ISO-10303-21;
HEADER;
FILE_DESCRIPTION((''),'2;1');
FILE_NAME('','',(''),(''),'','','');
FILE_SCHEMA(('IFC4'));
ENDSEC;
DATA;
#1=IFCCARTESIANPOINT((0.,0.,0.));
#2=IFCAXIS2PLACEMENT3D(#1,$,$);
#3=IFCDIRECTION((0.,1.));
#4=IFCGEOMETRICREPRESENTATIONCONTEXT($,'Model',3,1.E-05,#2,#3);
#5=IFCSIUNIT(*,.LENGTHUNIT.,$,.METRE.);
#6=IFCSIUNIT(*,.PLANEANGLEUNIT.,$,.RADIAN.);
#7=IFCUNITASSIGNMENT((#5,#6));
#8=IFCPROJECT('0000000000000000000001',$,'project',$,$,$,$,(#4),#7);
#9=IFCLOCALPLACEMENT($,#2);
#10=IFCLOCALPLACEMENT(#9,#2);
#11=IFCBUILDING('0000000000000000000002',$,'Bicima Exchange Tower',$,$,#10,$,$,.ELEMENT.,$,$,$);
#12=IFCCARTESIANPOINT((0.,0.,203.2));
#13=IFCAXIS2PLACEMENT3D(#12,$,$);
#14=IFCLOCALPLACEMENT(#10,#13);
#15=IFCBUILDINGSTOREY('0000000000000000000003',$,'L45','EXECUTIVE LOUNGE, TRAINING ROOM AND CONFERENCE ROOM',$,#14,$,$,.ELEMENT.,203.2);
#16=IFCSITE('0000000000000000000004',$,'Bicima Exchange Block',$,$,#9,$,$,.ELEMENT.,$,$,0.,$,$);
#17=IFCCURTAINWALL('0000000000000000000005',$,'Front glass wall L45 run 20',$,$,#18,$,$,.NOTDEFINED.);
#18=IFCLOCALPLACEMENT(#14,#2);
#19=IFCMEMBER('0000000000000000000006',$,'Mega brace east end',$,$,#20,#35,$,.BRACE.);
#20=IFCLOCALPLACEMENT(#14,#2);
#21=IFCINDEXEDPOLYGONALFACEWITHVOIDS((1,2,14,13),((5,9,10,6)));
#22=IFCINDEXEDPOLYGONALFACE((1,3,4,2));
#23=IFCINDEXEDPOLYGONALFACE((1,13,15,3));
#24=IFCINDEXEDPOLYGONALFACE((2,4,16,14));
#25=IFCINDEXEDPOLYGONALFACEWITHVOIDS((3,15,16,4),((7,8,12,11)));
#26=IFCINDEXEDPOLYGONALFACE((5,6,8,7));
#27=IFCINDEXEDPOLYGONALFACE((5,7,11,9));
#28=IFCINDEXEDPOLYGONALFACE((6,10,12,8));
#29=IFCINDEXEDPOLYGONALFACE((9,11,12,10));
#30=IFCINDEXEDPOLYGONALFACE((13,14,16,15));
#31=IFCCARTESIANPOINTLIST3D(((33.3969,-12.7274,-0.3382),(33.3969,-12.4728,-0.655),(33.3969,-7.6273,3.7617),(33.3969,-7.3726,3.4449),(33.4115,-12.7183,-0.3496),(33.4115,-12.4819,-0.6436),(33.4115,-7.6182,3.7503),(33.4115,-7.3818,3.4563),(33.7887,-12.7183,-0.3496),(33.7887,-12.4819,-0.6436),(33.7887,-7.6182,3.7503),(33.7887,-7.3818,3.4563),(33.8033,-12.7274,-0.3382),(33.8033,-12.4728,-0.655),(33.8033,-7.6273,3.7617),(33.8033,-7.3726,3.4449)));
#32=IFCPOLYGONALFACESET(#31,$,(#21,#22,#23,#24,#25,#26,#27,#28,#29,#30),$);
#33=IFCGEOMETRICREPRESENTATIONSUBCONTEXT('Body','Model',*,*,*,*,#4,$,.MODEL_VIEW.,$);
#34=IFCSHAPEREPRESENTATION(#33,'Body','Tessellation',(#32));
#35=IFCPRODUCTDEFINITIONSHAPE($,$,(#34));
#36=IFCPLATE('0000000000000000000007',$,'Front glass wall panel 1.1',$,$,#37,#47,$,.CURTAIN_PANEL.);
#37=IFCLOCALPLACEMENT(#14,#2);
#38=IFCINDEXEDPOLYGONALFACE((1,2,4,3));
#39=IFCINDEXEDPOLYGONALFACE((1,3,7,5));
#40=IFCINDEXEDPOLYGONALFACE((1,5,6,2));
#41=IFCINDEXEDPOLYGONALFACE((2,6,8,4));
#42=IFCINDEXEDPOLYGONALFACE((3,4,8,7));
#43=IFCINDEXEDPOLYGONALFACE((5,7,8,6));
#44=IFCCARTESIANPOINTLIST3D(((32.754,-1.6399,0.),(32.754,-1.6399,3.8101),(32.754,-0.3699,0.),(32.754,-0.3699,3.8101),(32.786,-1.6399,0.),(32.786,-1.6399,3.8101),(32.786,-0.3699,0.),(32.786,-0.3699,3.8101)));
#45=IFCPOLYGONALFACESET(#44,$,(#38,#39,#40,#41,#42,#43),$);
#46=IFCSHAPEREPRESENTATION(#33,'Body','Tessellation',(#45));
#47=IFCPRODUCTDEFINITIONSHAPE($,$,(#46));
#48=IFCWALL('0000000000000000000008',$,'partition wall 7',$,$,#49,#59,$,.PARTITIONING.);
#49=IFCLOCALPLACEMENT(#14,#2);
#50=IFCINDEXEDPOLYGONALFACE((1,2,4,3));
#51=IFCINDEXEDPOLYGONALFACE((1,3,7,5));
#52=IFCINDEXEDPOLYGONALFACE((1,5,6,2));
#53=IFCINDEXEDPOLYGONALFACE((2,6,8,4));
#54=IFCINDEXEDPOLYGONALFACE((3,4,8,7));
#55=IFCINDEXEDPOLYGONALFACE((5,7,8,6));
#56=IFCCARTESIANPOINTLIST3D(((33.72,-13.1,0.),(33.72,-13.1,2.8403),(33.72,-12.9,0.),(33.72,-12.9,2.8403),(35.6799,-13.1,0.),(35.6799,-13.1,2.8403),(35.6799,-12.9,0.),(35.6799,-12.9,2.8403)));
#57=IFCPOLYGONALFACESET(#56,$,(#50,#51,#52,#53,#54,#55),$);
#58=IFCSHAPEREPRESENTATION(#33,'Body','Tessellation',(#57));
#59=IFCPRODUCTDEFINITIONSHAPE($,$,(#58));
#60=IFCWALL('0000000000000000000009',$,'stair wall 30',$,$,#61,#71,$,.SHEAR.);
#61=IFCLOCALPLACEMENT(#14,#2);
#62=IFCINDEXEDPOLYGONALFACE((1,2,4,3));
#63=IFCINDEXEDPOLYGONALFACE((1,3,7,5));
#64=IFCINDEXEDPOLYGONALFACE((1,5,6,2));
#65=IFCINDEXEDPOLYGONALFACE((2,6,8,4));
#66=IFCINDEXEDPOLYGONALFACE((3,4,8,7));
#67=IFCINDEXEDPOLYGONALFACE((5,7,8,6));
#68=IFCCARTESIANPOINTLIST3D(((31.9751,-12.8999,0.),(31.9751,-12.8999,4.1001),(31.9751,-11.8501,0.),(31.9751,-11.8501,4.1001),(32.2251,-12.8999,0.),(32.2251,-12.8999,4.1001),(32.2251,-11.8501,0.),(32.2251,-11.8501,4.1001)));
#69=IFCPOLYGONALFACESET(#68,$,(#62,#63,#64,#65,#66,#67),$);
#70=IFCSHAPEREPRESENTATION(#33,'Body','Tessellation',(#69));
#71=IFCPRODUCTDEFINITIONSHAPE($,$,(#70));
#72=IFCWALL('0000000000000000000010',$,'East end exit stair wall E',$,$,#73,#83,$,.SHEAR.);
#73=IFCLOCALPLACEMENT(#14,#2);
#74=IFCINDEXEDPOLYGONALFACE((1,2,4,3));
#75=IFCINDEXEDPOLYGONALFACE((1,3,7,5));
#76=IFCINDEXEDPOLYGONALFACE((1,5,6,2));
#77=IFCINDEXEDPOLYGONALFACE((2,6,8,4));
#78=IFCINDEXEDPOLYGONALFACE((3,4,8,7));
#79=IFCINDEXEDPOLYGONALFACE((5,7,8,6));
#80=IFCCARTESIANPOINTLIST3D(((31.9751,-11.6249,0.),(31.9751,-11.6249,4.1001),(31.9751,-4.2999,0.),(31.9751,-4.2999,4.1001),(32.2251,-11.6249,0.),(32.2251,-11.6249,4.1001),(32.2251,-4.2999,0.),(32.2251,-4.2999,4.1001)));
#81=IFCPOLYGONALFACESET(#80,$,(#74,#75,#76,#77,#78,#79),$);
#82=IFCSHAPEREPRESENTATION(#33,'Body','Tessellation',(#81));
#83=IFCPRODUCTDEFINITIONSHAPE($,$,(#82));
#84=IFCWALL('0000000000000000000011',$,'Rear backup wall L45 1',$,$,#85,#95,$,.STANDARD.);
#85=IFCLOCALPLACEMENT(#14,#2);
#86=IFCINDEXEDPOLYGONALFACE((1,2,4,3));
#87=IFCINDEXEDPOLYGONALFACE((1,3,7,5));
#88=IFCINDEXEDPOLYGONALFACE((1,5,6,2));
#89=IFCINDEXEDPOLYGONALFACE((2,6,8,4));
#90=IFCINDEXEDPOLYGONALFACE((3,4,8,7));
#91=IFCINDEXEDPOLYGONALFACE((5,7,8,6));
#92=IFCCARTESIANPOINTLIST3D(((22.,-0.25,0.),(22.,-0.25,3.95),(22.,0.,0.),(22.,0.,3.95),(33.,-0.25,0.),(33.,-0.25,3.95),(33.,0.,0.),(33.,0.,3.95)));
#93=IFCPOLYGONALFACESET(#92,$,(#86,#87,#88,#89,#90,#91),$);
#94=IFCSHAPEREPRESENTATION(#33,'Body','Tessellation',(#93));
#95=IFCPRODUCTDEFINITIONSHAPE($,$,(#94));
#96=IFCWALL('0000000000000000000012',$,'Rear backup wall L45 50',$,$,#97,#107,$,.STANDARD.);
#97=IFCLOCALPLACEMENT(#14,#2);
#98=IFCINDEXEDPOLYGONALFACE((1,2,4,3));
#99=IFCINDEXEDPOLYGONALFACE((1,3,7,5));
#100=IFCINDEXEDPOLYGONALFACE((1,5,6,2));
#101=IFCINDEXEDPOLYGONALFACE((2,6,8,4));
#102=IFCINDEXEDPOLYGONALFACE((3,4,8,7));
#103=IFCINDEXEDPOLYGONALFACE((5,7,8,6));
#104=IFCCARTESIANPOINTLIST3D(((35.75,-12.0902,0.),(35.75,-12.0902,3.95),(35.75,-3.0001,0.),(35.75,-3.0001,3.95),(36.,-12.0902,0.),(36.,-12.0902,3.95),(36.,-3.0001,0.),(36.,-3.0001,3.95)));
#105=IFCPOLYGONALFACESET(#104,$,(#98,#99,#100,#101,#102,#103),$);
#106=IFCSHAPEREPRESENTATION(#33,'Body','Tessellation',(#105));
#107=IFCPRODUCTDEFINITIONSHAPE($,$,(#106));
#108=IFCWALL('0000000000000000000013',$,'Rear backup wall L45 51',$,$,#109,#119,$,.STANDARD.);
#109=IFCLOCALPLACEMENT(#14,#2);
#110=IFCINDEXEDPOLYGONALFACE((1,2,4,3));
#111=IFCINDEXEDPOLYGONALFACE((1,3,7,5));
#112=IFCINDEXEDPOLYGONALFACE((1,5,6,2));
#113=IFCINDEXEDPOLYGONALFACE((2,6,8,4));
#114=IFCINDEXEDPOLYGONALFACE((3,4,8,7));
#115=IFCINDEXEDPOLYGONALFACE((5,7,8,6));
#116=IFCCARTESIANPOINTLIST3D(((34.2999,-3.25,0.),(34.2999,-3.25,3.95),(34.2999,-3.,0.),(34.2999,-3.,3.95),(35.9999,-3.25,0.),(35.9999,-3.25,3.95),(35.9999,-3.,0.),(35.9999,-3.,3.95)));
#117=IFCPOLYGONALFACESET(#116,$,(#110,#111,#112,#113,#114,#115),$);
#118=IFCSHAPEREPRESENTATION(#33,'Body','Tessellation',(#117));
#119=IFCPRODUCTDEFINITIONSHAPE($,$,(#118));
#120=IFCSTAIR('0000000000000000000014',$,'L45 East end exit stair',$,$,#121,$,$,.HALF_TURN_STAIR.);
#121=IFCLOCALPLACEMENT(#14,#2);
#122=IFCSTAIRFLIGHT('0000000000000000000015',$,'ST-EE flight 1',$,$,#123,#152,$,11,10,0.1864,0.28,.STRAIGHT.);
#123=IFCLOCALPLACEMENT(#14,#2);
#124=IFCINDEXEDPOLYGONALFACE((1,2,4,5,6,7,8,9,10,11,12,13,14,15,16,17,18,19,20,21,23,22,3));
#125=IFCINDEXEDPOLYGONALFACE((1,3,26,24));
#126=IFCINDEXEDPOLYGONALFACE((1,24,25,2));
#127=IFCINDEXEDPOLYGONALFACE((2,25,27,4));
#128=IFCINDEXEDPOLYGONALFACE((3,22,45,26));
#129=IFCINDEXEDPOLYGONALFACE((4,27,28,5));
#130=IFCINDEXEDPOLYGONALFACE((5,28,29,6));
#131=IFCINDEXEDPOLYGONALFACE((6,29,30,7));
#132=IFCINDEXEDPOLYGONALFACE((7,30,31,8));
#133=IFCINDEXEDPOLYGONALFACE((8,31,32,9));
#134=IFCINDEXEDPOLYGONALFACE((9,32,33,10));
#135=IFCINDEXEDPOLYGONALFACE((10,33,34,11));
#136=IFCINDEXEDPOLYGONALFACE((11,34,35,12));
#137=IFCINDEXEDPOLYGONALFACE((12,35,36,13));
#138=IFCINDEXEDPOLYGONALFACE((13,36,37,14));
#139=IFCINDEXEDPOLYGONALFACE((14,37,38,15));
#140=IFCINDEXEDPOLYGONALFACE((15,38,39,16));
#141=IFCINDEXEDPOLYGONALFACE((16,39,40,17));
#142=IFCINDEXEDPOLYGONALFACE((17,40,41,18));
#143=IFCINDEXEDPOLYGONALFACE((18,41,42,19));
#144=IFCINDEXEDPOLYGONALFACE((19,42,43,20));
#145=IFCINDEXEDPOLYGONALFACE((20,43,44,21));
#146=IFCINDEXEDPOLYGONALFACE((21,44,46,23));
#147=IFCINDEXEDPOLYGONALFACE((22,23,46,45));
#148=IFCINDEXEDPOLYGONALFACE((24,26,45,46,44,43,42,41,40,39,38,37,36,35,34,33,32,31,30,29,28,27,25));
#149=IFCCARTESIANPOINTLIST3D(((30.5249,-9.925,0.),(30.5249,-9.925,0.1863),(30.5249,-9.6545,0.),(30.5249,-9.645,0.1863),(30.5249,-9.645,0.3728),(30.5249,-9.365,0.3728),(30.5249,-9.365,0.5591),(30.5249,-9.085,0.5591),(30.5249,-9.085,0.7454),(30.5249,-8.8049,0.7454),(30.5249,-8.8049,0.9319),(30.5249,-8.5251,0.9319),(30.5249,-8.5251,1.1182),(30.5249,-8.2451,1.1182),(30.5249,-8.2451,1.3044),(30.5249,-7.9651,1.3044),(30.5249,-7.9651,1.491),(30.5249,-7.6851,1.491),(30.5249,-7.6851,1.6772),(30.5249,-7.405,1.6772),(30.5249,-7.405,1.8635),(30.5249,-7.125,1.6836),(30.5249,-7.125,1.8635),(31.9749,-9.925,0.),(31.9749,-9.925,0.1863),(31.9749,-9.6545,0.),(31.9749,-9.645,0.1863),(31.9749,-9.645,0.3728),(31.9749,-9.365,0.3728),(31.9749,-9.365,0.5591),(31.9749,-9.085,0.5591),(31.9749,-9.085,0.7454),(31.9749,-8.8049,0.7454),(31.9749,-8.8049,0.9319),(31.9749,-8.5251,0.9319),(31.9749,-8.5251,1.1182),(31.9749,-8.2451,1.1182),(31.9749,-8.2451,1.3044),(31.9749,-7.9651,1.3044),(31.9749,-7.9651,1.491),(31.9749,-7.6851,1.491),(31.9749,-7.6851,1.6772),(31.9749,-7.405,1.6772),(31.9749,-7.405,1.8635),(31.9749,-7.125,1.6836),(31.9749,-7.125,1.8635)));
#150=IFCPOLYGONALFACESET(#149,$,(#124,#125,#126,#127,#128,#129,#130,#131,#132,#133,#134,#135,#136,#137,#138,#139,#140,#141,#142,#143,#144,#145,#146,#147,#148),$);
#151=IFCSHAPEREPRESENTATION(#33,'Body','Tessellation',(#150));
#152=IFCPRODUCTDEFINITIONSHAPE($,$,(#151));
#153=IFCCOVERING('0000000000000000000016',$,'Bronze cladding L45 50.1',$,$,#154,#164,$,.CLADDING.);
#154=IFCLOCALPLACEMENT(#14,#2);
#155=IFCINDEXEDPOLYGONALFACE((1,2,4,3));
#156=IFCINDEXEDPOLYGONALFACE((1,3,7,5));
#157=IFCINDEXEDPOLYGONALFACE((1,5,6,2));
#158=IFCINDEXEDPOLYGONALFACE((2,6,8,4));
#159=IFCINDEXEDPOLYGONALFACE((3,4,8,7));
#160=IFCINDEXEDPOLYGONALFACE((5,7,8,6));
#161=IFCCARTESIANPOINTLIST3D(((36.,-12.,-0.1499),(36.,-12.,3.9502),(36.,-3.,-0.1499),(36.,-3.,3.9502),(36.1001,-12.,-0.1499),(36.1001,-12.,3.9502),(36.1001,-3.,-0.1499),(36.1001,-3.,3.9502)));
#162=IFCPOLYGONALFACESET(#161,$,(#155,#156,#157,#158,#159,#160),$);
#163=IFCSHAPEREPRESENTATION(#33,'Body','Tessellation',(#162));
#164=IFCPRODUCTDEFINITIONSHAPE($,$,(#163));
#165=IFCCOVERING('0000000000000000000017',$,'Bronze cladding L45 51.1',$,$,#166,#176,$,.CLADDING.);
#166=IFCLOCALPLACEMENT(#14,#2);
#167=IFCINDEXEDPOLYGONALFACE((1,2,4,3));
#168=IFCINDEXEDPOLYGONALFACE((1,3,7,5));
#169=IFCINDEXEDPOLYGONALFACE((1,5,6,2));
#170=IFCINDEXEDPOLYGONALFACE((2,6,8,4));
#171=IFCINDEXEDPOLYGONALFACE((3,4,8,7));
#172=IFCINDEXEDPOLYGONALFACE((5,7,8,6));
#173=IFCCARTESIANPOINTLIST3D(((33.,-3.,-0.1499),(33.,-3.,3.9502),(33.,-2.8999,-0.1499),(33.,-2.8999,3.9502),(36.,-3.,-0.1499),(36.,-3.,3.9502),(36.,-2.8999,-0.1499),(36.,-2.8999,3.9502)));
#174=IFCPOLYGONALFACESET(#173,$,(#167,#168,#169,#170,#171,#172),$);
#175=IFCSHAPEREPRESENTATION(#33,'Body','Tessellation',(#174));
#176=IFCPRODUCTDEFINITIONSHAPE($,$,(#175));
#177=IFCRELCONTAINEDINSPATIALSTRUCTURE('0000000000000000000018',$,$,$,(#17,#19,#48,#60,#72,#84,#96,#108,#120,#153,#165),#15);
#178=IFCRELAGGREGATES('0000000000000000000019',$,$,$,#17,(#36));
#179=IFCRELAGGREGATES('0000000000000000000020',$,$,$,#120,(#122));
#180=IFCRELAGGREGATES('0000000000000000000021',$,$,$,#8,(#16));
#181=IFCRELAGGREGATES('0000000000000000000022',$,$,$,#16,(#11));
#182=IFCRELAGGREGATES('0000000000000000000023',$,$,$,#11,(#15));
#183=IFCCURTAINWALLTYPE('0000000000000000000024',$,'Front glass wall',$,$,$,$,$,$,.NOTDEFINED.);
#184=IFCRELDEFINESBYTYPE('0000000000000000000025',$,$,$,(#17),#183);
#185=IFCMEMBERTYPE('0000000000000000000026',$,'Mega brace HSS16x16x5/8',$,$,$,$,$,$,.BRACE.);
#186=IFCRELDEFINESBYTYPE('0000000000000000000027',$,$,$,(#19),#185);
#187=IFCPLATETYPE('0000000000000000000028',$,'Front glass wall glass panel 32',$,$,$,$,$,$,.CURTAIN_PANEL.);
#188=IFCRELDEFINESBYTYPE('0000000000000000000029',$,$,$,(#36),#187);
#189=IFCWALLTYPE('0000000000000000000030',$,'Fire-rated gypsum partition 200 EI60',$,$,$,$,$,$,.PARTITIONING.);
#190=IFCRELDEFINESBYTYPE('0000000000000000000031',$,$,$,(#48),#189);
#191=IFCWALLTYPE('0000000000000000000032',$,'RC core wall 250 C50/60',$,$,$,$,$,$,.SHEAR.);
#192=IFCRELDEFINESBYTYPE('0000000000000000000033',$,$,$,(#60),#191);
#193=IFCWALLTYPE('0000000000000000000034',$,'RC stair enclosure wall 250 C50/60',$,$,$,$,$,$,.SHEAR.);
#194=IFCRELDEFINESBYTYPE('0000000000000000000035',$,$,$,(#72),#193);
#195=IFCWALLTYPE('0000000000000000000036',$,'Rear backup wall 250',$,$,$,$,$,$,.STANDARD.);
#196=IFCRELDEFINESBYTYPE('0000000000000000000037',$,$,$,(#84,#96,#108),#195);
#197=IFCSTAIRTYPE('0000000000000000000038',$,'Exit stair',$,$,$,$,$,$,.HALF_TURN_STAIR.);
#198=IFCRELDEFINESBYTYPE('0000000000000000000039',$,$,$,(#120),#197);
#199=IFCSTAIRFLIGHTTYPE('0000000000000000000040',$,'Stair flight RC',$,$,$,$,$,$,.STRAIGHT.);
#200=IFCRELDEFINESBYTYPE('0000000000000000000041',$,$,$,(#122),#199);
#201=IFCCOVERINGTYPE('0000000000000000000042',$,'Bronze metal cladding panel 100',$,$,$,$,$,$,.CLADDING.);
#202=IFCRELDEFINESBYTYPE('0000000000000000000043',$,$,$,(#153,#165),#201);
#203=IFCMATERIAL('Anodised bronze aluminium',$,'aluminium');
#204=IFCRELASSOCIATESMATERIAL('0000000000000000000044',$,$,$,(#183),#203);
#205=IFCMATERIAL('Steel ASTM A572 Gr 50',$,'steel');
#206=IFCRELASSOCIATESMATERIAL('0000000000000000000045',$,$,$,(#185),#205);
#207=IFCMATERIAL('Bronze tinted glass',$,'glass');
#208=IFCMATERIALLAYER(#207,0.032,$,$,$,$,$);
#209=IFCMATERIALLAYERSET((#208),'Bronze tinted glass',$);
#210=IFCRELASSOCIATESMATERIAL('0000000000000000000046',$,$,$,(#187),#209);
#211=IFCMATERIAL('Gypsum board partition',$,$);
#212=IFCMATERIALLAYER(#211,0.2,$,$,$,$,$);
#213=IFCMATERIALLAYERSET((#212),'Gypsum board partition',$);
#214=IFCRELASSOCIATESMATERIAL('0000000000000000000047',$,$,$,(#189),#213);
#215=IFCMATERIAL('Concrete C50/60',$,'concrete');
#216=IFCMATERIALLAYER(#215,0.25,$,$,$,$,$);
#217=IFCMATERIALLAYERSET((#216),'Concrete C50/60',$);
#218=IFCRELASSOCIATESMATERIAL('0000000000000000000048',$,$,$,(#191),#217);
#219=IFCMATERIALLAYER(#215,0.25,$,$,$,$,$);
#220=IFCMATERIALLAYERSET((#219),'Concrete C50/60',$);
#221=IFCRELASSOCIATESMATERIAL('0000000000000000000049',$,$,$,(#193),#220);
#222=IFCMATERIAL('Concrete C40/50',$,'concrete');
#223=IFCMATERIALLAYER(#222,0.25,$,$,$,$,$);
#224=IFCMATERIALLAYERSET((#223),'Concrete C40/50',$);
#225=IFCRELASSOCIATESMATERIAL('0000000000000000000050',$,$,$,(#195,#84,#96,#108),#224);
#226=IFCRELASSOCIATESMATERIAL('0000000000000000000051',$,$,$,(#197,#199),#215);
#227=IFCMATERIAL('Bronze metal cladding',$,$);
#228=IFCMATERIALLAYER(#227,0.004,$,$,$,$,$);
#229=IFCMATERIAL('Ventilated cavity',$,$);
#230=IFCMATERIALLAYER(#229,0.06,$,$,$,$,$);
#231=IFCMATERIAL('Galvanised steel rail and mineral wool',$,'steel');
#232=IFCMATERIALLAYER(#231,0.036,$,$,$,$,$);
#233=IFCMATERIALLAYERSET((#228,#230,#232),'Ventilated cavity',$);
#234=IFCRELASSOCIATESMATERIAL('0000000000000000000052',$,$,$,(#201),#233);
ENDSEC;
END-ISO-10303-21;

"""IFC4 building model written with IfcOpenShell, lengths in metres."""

from ifc_helpers import new_model, si_unit, direction, frame, frame_2d, origin, origin_2d, place, context, subcontext, project, spatial, polyline, rectangle, hollow_rectangle, outline, extrude, material, layer, layer_set, layer_usage, material_profile, profile_set, type_object, element, aggregate, save


model = new_model("IFC4")

# Units and contexts
model_context = context("Model", 3, precision=1e-05, world=origin(), true_north=direction((0.0, 1.0)))
body_context = subcontext(model_context, "Body", "Model", "MODEL_VIEW")
ifc_project = project(units=[si_unit("LENGTHUNIT", "METRE"), si_unit("PLANEANGLEUNIT", "RADIAN")], contexts=[model_context])

# Site, building, storey
site_placement = place(None, origin())
site = spatial("IfcSite", under=ifc_project, at=site_placement, Name="Bicima Exchange Block", CompositionType="ELEMENT", RefElevation=0.0)
building_placement = place(site_placement, origin())
building = spatial("IfcBuilding", under=site, at=building_placement, Name="Bicima Exchange Tower", CompositionType="ELEMENT")
storey_placement = place(building_placement, frame((0.0, 0.0, 203.2)))
storey = spatial("IfcBuildingStorey", under=building, at=storey_placement, Name="L45", Description="EXECUTIVE LOUNGE, TRAINING ROOM AND CONFERENCE ROOM", CompositionType="ELEMENT", Elevation=203.2)

# Shared definitions
ifc_material_1 = material(Name="Steel ASTM A572 Gr 50", Category="steel")

# Shared definitions
ifc_material_2 = material(Name="Anodised bronze aluminium", Category="aluminium")

# Curtain wall
curtain_wall_type_1 = type_object("IfcCurtainWallType", Name="Front glass wall", PredefinedType="NOTDEFINED", material=ifc_material_2)
curtain_wall_1_placement = place(storey_placement, origin())
curtain_wall_1 = element("IfcCurtainWall", 1, at=curtain_wall_1_placement, inside=storey, type_object=curtain_wall_type_1, Name="Front glass wall L45 run 20", PredefinedType="NOTDEFINED")

# Member
ifc_material_profile_1 = material_profile(ifc_material_1, hollow_rectangle(XDim=0.4065, YDim=0.4065, WallThickness=0.0146, at=origin_2d()))
ifc_profile_set_1 = profile_set([ifc_material_profile_1], Name="Steel ASTM A572 Gr 50")
member_type_1 = type_object("IfcMemberType", Name="Mega brace HSS16x16x5/8", PredefinedType="BRACE", material=ifc_profile_set_1)
for number, where, z_axis, x_axis, name in (
    (2, (33.6001, -12.6001, -0.4966), (0.0, 0.779392, 0.626536), (-1.0, 0.0, 0.0), "Mega brace east end"),
):
    element("IfcMember", number, at=place(storey_placement, frame(where, z_axis=z_axis, x_axis=x_axis)), inside=storey, type_object=member_type_1, Name=name, PredefinedType="BRACE", context=body_context, shape_type="SweptSolid", body=[
        extrude(hollow_rectangle(XDim=0.4065, YDim=0.4065, WallThickness=0.0146, at=origin_2d()), origin(), (0.0, 0.0, 1.0), 6.5437),
    ])

# Plate
ifc_material_3 = material(Name="Bronze tinted glass", Category="glass")
ifc_layer_1 = layer(ifc_material_3, 0.032)
ifc_layer_set_1 = layer_set([ifc_layer_1], Name="Bronze tinted glass")
plate_type = type_object("IfcPlateType", Name="Front glass wall glass panel 32", PredefinedType="CURTAIN_PANEL", material=ifc_layer_set_1)
plate_placement = place(storey_placement, frame((32.77, -1.0049, 0.0), z_axis=(0.0, 0.0, 1.0), x_axis=(0.0, 1.0, 0.0)))
plate = element("IfcPlate", 3, at=plate_placement, type_object=plate_type, Name="Front glass wall panel 1.1", PredefinedType="CURTAIN_PANEL", context=body_context, shape_type="SweptSolid", body=[
    extrude(rectangle(XDim=1.27, YDim=0.032, at=origin_2d()), origin(), (0.0, 0.0, 1.0), 3.8101),
])
aggregate(curtain_wall_1, [plate])

# Walls
ifc_material_4 = material(Name="Gypsum board partition")
ifc_layer_2 = layer(ifc_material_4, 0.2)
ifc_layer_set_2 = layer_set([ifc_layer_2], Name="Gypsum board partition")
wall_type_1 = type_object("IfcWallType", Name="Fire-rated gypsum partition 200 EI60", PredefinedType="PARTITIONING", material=ifc_layer_set_2)
wall_1_placement = place(storey_placement, frame((33.72, -13.0, 0.0), z_axis=(0.0, 0.0, 1.0), x_axis=(1.0, 0.0, 0.0)))
element("IfcWall", 4, at=wall_1_placement, inside=storey, type_object=wall_type_1, Name="partition wall 7", PredefinedType="PARTITIONING", context=body_context, shape_type="SweptSolid", body=[
    extrude(rectangle(XDim=1.96, YDim=0.2, at=frame_2d((0.98, 0.0))), origin(), (0.0, 0.0, 1.0), 2.8403),
])
ifc_material_5 = material(Name="Concrete C50/60", Category="concrete")
ifc_layer_3 = layer(ifc_material_5, 0.25)
ifc_layer_set_3 = layer_set([ifc_layer_3], Name="Concrete C50/60")
wall_type_2 = type_object("IfcWallType", Name="RC core wall 250 C50/60", PredefinedType="SHEAR", material=ifc_layer_set_3)
wall_2_placement = place(storey_placement, frame((32.1001, -12.8999, 0.0), z_axis=(0.0, 0.0, 1.0), x_axis=(0.0, 1.0, 0.0)))
element("IfcWall", 5, at=wall_2_placement, inside=storey, type_object=wall_type_2, Name="stair wall 30", PredefinedType="SHEAR", context=body_context, shape_type="SweptSolid", body=[
    extrude(rectangle(XDim=1.0498, YDim=0.25, at=frame_2d((0.5249, 0.0))), origin(), (0.0, 0.0, 1.0), 4.1001),
])
ifc_layer_4 = layer(ifc_material_5, 0.25)
ifc_layer_set_4 = layer_set([ifc_layer_4], Name="Concrete C50/60")
wall_type_3 = type_object("IfcWallType", Name="RC stair enclosure wall 250 C50/60", PredefinedType="SHEAR", material=ifc_layer_set_4)
wall_3_placement = place(storey_placement, frame((32.1001, -11.625, 0.0), z_axis=(0.0, 0.0, 1.0), x_axis=(0.0, 1.0, 0.0)))
element("IfcWall", 6, at=wall_3_placement, inside=storey, type_object=wall_type_3, Name="East end exit stair wall E", PredefinedType="SHEAR", context=body_context, shape_type="SweptSolid", body=[
    extrude(rectangle(XDim=7.325, YDim=0.25, at=frame_2d((3.6626, 0.0))), origin(), (0.0, 0.0, 1.0), 4.1001),
])
ifc_material_6 = material(Name="Concrete C40/50", Category="concrete")
ifc_layer_5 = layer(ifc_material_6, 0.25)
ifc_layer_set_5 = layer_set([ifc_layer_5], Name="Concrete C40/50")
ifc_layer_usage = layer_usage(ifc_layer_set_5, "AXIS2", "POSITIVE", -0.125)
wall_type_4 = type_object("IfcWallType", Name="Rear backup wall 250", PredefinedType="STANDARD", material=ifc_layer_set_5)
wall_4_placement = place(storey_placement, frame((33.0, -0.125, 0.0), z_axis=(0.0, 0.0, 1.0), x_axis=(-1.0, 0.0, 0.0)))
element("IfcWall", 7, at=wall_4_placement, inside=storey, type_object=wall_type_4, material=ifc_layer_usage, Name="Rear backup wall L45 1", PredefinedType="STANDARD", context=body_context, shape_type="SweptSolid", body=[
    extrude(rectangle(XDim=11.0, YDim=0.25, at=frame_2d((5.5, 0.0))), origin(), (0.0, 0.0, 1.0), 3.95),
])
wall_5_placement = place(storey_placement, frame((35.875, -12.0901, 0.0), z_axis=(0.0, 0.0, 1.0), x_axis=(0.0, 1.0, 0.0)))
element("IfcWall", 8, at=wall_5_placement, inside=storey, type_object=wall_type_4, material=ifc_layer_usage, Name="Rear backup wall L45 50", PredefinedType="STANDARD", context=body_context, shape_type="SweptSolid", body=[
    extrude(rectangle(XDim=9.0901, YDim=0.25, at=frame_2d((4.5449, 0.0))), origin(), (0.0, 0.0, 1.0), 3.95),
])
wall_6_placement = place(storey_placement, frame((36.0, -3.125, 0.0), z_axis=(0.0, 0.0, 1.0), x_axis=(-1.0, 0.0, 0.0)))
element("IfcWall", 9, at=wall_6_placement, inside=storey, type_object=wall_type_4, material=ifc_layer_usage, Name="Rear backup wall L45 51", PredefinedType="STANDARD", context=body_context, shape_type="SweptSolid", body=[
    extrude(rectangle(XDim=1.7, YDim=0.25, at=frame_2d((0.8501, 0.0))), origin(), (0.0, 0.0, 1.0), 3.95),
])

# Stair, stair flight
stair_type = type_object("IfcStairType", Name="Exit stair", PredefinedType="HALF_TURN_STAIR", material=ifc_material_5)
stair_placement = place(storey_placement, origin())
stair = element("IfcStair", 10, at=stair_placement, inside=storey, type_object=stair_type, Name="L45 East end exit stair", PredefinedType="HALF_TURN_STAIR")
stair_flight_type = type_object("IfcStairFlightType", Name="Stair flight RC", PredefinedType="STRAIGHT", material=ifc_material_5)
stair_flight_placement = place(storey_placement, frame((31.25, -9.925, 0.0), z_axis=(0.0, 0.0, 1.0), x_axis=(0.0, 1.0, 0.0)))
stair_flight = element("IfcStairFlight", 11, at=stair_flight_placement, type_object=stair_flight_type, Name="ST-EE flight 1", NumberOfRisers=11, NumberOfTreads=10, PredefinedType="STRAIGHT", RiserHeight=0.1864, TreadLength=0.28, context=body_context, shape_type="SweptSolid", body=[
    extrude(outline(polyline([(0.0, 0.0), (0.0, 0.1863), (0.28, 0.1863), (0.28, 0.3728), (0.5601, 0.3728), (0.5601, 0.5591), (0.8401, 0.5591), (0.8401, 0.7454), (1.1201, 0.7454), (1.1201, 0.9319), (1.3999, 0.9319), (1.3999, 1.1182), (1.6799, 1.1182), (1.6799, 1.3044), (1.96, 1.3044), (1.96, 1.491), (2.24, 1.491), (2.24, 1.6772), (2.52, 1.6772), (2.52, 1.8635), (2.8, 1.8635), (2.8, 2.05), (2.8, 1.6836), (0.2705, 0.0), (0.0, 0.0)])), frame((0.0, 0.7251, 0.0), z_axis=(0.0, -1.0, 0.0), x_axis=(1.0, 0.0, 0.0)), (0.0, 0.0, 1.0), 1.45),
])
aggregate(stair, [stair_flight])

# Coverings
ifc_material_7 = material(Name="Bronze metal cladding")
ifc_layer_6 = layer(ifc_material_7, 0.004)
ifc_material_8 = material(Name="Ventilated cavity")
ifc_layer_7 = layer(ifc_material_8, 0.06)
ifc_material_9 = material(Name="Galvanised steel rail and mineral wool", Category="steel")
ifc_layer_8 = layer(ifc_material_9, 0.036)
ifc_layer_set_6 = layer_set([ifc_layer_6, ifc_layer_7, ifc_layer_8], Name="Ventilated cavity")
covering_type = type_object("IfcCoveringType", Name="Bronze metal cladding panel 100", PredefinedType="CLADDING", material=ifc_layer_set_6)
covering_1_placement = place(storey_placement, frame((36.05, -7.5, -0.1499), z_axis=(0.0, 0.0, 1.0), x_axis=(0.0, 1.0, 0.0)))
element("IfcCovering", 12, at=covering_1_placement, inside=storey, type_object=covering_type, Name="Bronze cladding L45 50.1", PredefinedType="CLADDING", context=body_context, shape_type="SweptSolid", body=[
    extrude(rectangle(XDim=9.0, YDim=0.1001, at=origin_2d()), origin(), (0.0, 0.0, 1.0), 4.1001),
])
covering_2_placement = place(storey_placement, frame((34.5, -2.95, -0.1499), z_axis=(0.0, 0.0, 1.0), x_axis=(-1.0, 0.0, 0.0)))
element("IfcCovering", 13, at=covering_2_placement, inside=storey, type_object=covering_type, Name="Bronze cladding L45 51.1", PredefinedType="CLADDING", context=body_context, shape_type="SweptSolid", body=[
    extrude(rectangle(XDim=3.0, YDim=0.1001, at=origin_2d()), origin(), (0.0, 0.0, 1.0), 4.1001),
])

save(model, "model.ifc")
